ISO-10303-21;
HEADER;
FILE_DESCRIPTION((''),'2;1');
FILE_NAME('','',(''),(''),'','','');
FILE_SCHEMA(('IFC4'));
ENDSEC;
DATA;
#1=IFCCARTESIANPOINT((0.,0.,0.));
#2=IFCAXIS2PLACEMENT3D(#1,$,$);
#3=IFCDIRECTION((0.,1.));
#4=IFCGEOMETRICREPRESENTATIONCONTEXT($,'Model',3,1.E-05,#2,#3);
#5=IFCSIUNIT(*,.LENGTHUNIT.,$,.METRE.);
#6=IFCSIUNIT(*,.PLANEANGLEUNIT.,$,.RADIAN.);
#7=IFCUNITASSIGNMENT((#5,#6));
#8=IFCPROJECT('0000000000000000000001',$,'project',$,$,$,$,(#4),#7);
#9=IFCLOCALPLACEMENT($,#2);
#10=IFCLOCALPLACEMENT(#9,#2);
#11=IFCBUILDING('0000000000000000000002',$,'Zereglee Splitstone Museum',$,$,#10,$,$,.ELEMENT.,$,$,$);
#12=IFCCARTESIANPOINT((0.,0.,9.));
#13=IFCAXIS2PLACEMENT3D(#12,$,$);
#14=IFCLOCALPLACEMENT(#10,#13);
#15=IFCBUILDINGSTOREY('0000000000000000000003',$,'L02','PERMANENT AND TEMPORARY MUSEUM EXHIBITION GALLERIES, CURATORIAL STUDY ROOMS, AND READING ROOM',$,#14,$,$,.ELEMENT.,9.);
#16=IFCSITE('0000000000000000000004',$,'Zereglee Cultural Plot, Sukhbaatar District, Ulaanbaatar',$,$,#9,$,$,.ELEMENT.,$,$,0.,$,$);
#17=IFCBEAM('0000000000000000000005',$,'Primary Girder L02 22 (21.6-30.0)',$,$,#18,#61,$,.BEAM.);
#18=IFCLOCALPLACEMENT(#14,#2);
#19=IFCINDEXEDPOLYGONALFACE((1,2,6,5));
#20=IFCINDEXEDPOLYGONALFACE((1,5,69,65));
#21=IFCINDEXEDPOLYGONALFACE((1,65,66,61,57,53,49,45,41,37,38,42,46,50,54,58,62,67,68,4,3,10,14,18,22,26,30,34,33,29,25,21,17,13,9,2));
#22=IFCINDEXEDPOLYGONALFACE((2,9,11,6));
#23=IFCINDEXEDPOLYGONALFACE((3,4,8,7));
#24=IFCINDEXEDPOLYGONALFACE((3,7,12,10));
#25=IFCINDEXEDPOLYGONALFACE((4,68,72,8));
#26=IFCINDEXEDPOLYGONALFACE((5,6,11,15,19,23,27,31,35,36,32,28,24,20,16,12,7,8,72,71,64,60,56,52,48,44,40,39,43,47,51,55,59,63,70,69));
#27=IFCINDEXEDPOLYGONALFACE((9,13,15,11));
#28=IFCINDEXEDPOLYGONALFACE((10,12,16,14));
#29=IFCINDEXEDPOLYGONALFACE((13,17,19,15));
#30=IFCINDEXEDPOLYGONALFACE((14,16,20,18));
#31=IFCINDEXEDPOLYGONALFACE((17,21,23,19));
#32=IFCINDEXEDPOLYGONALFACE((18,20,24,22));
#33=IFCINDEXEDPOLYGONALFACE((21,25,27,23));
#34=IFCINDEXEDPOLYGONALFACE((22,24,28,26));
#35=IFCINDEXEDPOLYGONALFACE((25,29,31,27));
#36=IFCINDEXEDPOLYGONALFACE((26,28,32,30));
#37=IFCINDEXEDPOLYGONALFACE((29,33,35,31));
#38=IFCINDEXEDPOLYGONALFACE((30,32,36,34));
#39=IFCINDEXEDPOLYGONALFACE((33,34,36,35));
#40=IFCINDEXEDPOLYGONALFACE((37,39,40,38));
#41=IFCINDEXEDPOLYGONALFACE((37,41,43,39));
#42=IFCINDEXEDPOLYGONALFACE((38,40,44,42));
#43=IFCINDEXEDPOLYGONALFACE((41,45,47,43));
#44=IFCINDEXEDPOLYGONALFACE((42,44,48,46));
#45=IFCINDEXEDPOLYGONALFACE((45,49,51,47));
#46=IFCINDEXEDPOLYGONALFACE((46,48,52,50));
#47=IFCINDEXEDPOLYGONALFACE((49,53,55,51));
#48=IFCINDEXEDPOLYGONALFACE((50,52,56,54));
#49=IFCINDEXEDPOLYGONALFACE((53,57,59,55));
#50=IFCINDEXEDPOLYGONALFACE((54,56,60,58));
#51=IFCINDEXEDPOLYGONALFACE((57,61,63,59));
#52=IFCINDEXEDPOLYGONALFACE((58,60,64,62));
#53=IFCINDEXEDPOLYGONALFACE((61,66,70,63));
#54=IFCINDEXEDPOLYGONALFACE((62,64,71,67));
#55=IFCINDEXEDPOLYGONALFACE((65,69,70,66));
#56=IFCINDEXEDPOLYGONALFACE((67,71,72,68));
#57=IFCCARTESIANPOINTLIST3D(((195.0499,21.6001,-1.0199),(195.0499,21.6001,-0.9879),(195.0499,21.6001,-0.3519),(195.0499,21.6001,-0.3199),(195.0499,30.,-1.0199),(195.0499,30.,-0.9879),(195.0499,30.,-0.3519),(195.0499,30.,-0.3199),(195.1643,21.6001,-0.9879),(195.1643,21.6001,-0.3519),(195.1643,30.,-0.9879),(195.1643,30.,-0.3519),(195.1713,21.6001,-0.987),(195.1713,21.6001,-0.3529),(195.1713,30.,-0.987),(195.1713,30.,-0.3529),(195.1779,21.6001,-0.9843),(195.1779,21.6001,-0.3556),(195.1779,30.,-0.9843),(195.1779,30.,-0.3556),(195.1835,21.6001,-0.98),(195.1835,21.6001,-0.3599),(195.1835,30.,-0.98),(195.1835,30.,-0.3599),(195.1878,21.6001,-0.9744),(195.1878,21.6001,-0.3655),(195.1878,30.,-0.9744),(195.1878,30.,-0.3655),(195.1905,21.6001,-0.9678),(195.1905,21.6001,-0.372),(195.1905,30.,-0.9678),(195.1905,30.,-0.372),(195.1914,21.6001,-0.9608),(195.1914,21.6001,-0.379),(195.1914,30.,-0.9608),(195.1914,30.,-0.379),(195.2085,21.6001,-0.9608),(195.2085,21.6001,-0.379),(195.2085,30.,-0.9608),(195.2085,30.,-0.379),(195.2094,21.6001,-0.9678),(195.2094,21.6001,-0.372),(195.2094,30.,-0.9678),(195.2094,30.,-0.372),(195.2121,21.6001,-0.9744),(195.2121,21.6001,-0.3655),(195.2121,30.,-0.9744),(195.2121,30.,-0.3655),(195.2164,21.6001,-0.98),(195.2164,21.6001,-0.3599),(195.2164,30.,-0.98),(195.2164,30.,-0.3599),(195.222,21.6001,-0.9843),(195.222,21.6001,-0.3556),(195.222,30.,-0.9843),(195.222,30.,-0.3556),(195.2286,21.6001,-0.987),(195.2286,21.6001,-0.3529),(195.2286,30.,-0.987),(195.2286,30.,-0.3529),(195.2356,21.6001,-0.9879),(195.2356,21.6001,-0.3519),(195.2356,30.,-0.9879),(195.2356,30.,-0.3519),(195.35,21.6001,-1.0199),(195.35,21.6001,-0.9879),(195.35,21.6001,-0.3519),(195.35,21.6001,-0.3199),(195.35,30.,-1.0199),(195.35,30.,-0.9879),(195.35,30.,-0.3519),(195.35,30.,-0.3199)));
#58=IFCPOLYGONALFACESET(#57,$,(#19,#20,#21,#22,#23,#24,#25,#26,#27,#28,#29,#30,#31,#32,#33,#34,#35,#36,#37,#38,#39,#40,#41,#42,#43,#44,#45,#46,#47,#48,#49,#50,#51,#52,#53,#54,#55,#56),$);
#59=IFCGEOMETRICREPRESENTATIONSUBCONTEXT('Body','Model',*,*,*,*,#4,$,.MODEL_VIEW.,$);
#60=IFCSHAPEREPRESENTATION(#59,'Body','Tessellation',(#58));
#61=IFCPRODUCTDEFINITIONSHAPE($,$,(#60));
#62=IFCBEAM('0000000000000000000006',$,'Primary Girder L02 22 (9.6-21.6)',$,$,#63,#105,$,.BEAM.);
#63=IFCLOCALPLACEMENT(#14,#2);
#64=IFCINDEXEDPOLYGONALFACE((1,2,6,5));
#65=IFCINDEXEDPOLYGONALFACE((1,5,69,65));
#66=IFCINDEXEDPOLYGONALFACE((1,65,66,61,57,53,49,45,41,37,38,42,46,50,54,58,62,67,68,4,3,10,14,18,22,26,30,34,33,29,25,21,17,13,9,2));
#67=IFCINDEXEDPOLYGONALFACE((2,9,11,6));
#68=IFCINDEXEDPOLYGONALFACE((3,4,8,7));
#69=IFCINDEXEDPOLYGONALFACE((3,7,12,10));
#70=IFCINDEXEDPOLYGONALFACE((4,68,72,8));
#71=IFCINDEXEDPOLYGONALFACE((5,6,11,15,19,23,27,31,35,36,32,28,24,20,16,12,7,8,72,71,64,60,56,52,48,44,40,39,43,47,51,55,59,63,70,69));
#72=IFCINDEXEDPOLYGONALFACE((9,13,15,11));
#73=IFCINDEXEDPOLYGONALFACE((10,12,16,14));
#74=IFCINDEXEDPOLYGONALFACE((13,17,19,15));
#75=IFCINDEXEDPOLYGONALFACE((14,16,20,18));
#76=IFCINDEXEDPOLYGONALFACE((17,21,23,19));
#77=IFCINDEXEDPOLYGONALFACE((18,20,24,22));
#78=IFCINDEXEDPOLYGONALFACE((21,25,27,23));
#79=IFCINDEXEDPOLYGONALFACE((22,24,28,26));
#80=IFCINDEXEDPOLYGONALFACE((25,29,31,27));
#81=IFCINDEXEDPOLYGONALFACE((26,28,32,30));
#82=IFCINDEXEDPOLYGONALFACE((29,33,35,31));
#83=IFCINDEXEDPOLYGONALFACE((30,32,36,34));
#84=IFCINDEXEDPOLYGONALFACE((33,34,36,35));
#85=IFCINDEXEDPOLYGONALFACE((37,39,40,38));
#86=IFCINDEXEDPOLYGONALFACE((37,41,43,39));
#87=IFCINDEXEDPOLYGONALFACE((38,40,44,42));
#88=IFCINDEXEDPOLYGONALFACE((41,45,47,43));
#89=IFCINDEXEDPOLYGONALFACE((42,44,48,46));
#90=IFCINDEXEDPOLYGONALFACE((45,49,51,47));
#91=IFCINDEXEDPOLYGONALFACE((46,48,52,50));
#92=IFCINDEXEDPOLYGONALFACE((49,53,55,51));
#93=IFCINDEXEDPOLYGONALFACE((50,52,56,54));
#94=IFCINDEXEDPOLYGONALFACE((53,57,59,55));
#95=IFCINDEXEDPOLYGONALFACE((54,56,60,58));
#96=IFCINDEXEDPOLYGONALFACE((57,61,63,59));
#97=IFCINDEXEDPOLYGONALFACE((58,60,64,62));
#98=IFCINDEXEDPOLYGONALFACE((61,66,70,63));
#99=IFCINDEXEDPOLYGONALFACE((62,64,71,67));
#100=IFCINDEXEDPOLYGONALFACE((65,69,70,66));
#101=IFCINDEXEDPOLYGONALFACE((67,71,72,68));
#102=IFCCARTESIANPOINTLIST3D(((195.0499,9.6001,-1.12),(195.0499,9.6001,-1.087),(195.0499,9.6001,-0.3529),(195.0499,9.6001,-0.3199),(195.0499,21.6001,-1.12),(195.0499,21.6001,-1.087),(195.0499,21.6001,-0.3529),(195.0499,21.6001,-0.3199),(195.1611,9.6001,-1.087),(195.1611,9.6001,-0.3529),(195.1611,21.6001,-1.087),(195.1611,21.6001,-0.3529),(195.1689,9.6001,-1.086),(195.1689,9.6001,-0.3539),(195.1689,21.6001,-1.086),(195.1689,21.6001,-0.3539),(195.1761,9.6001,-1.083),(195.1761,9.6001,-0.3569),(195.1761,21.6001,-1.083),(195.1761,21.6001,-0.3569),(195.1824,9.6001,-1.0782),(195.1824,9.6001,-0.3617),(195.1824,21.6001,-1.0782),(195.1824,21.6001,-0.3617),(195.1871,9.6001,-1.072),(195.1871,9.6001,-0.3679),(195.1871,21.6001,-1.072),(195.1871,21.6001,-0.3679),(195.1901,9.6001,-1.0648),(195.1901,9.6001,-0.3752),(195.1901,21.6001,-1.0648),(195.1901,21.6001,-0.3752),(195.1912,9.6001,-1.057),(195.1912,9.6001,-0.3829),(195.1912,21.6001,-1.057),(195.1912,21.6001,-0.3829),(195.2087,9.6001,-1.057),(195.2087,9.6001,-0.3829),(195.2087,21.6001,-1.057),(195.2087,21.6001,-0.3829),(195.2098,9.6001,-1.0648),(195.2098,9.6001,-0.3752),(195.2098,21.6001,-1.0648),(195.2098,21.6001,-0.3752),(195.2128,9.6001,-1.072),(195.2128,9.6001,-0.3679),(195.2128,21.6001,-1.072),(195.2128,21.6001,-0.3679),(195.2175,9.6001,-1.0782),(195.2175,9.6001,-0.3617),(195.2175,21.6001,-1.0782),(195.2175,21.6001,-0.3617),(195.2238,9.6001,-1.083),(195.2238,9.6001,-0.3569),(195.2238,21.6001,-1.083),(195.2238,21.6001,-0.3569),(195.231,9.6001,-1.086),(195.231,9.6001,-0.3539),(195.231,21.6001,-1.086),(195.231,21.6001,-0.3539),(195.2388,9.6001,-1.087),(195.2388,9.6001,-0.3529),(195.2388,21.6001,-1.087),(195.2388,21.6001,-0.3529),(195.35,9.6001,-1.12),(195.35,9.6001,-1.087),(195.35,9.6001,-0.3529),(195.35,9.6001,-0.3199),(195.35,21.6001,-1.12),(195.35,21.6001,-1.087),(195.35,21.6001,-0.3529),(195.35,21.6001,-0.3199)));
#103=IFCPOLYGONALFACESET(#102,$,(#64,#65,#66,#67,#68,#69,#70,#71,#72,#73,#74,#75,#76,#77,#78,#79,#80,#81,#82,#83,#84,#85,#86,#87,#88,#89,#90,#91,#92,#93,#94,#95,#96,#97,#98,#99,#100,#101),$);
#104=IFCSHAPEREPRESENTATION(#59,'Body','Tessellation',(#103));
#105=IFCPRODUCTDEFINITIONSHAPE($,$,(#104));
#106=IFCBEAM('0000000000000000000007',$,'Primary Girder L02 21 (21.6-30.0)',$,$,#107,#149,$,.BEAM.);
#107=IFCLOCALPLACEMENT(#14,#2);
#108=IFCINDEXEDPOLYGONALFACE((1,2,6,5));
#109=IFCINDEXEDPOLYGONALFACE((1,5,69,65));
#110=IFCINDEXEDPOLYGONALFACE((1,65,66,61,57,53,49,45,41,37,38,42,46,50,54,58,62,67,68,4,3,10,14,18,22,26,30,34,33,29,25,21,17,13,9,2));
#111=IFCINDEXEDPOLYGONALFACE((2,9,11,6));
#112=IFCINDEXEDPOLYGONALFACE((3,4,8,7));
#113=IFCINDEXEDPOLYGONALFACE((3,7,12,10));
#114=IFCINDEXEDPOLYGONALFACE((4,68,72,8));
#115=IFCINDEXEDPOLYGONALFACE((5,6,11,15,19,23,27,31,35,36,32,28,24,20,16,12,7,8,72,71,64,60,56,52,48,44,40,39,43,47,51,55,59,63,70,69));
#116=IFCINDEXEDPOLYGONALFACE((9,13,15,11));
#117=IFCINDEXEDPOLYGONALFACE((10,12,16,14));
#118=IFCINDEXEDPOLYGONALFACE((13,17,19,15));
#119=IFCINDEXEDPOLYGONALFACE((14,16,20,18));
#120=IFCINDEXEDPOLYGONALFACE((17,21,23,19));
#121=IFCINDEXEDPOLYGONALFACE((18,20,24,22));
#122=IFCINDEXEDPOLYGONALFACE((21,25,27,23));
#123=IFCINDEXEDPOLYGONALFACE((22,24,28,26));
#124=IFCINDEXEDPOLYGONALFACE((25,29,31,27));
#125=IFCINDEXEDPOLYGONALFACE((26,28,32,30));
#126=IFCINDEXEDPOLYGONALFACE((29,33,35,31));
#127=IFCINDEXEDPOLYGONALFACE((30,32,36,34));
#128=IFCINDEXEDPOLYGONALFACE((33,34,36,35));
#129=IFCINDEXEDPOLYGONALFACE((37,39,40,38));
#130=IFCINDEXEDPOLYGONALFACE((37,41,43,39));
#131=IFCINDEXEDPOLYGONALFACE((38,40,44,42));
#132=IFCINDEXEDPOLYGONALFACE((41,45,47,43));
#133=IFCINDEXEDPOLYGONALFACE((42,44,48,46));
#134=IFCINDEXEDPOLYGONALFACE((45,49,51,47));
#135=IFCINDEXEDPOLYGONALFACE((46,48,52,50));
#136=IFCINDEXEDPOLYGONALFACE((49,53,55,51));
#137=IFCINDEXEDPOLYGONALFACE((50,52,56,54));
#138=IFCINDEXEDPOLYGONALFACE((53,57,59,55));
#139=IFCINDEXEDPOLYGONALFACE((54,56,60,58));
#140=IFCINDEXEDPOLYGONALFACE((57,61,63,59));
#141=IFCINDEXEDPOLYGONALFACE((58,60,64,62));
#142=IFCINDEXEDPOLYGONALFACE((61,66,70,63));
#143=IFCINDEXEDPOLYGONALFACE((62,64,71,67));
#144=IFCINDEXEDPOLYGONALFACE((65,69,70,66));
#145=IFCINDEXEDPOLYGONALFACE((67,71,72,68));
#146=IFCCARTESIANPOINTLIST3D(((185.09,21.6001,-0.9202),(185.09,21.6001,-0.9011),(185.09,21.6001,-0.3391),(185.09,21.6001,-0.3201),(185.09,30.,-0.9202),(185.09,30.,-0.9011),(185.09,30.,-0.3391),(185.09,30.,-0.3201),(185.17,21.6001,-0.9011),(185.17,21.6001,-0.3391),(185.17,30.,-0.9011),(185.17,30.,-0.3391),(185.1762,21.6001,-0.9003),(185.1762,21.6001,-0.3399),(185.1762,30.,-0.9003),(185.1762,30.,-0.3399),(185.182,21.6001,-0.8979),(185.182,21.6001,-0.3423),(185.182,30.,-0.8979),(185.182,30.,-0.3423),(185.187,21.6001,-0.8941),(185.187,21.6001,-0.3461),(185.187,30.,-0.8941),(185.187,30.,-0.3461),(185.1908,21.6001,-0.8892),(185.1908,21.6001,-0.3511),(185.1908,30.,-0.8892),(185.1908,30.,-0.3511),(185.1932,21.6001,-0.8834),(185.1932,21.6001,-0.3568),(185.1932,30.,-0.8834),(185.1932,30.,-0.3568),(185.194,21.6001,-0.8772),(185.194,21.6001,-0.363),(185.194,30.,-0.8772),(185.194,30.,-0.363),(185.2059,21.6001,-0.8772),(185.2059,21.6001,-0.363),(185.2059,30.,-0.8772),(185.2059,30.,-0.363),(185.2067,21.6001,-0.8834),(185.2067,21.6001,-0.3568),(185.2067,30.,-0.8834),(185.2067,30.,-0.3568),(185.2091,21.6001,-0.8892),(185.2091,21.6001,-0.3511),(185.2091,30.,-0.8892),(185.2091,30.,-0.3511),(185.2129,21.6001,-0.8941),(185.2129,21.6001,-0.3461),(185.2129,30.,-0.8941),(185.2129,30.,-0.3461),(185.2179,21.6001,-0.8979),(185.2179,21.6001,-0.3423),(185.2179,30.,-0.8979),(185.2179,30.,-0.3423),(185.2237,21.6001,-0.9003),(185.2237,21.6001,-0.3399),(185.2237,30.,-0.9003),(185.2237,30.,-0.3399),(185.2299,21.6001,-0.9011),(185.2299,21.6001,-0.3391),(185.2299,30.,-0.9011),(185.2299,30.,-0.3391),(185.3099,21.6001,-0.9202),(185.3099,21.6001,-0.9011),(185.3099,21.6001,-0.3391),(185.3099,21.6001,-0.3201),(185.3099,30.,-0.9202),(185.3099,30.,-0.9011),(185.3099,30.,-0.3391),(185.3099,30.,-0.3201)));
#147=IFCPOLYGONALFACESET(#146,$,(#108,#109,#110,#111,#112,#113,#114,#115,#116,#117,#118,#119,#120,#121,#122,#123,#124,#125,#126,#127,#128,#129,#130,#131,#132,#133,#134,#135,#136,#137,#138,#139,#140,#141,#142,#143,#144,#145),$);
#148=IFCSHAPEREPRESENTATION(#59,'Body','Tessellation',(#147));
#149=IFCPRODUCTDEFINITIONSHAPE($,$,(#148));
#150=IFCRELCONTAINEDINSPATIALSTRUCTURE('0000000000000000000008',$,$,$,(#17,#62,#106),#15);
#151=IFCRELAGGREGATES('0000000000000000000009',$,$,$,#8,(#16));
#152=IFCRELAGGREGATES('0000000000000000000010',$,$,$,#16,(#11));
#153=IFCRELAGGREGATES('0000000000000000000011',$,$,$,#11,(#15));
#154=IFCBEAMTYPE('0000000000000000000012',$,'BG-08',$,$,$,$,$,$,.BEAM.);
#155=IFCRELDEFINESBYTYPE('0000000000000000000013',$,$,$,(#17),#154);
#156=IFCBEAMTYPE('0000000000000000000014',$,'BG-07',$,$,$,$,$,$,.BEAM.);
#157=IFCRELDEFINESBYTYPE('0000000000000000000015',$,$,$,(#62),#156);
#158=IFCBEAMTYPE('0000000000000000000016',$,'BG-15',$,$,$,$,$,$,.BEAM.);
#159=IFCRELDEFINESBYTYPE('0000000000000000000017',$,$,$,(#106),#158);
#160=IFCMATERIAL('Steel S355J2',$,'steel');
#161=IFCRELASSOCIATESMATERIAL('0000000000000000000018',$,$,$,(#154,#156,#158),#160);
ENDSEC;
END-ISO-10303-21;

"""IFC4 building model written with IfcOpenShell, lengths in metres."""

from ifc_helpers import new_model, si_unit, direction, frame, origin, origin_2d, place, context, subcontext, project, spatial, i_section, extrude, material, material_profile, profile_set, type_object, element, save


model = new_model("IFC4")

# Units and contexts
model_context = context("Model", 3, precision=1e-05, world=origin(), true_north=direction((0.0, 1.0)))
body_context = subcontext(model_context, "Body", "Model", "MODEL_VIEW")
ifc_project = project(units=[si_unit("LENGTHUNIT", "METRE"), si_unit("PLANEANGLEUNIT", "RADIAN")], contexts=[model_context])

# Site, building, storey
site_placement = place(None, origin())
site = spatial("IfcSite", under=ifc_project, at=site_placement, Name="Zereglee Cultural Plot, Sukhbaatar District, Ulaanbaatar", CompositionType="ELEMENT", RefElevation=0.0)
building_placement = place(site_placement, origin())
building = spatial("IfcBuilding", under=site, at=building_placement, Name="Zereglee Splitstone Museum", CompositionType="ELEMENT")
storey_placement = place(building_placement, frame((0.0, 0.0, 9.0)))
storey = spatial("IfcBuildingStorey", under=building, at=storey_placement, Name="L02", Description="PERMANENT AND TEMPORARY MUSEUM EXHIBITION GALLERIES, CURATORIAL STUDY ROOMS, AND READING ROOM", CompositionType="ELEMENT", Elevation=9.0)

# Shared definitions
ifc_material_1 = material(Name="Steel S355J2", Category="steel")

# Beams
ifc_material_profile_1 = material_profile(ifc_material_1, i_section(OverallWidth=0.3, OverallDepth=0.7, WebThickness=0.0171, FlangeThickness=0.032, FilletRadius=0.0271, at=origin_2d()), Name="HE 700 B")
ifc_profile_set_1 = profile_set([ifc_material_profile_1], Name="Steel S355J2")
beam_type_1 = type_object("IfcBeamType", Name="BG-08", PredefinedType="BEAM", material=ifc_profile_set_1)
beam_1_placement = place(storey_placement, frame((195.2, 21.6001, -0.6699), z_axis=(0.0, 1.0, 0.0), x_axis=(-1.0, 0.0, 0.0)))
element("IfcBeam", 1, at=beam_1_placement, inside=storey, type_object=beam_type_1, Name="Primary Girder L02 22 (21.6-30.0)", PredefinedType="BEAM", context=body_context, shape_type="SweptSolid", body=[
    extrude(i_section(OverallWidth=0.3, OverallDepth=0.7, WebThickness=0.0171, FlangeThickness=0.032, FilletRadius=0.0271, at=origin_2d()), origin(), (0.0, 0.0, 1.0), 8.3999),
])
ifc_material_profile_2 = material_profile(ifc_material_1, i_section(OverallWidth=0.3, OverallDepth=0.8, WebThickness=0.0176, FlangeThickness=0.033, FilletRadius=0.03, at=origin_2d()), Name="HE 800 B")
ifc_profile_set_2 = profile_set([ifc_material_profile_2], Name="Steel S355J2")
beam_type_2 = type_object("IfcBeamType", Name="BG-07", PredefinedType="BEAM", material=ifc_profile_set_2)
beam_2_placement = place(storey_placement, frame((195.2, 9.6001, -0.72), z_axis=(0.0, 1.0, 0.0), x_axis=(-1.0, 0.0, 0.0)))
element("IfcBeam", 2, at=beam_2_placement, inside=storey, type_object=beam_type_2, Name="Primary Girder L02 22 (9.6-21.6)", PredefinedType="BEAM", context=body_context, shape_type="SweptSolid", body=[
    extrude(i_section(OverallWidth=0.3, OverallDepth=0.8, WebThickness=0.0176, FlangeThickness=0.033, FilletRadius=0.03, at=origin_2d()), origin(), (0.0, 0.0, 1.0), 12.0),
])
ifc_material_profile_3 = material_profile(ifc_material_1, i_section(OverallWidth=0.22, OverallDepth=0.6001, WebThickness=0.012, FlangeThickness=0.019, FilletRadius=0.0239, at=origin_2d()), Name="IPE 600")
ifc_profile_set_3 = profile_set([ifc_material_profile_3], Name="Steel S355J2")
beam_type_3 = type_object("IfcBeamType", Name="BG-15", PredefinedType="BEAM", material=ifc_profile_set_3)
beam_3_placement = place(storey_placement, frame((185.2, 21.6001, -0.6201), z_axis=(0.0, 1.0, 0.0), x_axis=(-1.0, 0.0, 0.0)))
element("IfcBeam", 3, at=beam_3_placement, inside=storey, type_object=beam_type_3, Name="Primary Girder L02 21 (21.6-30.0)", PredefinedType="BEAM", context=body_context, shape_type="SweptSolid", body=[
    extrude(i_section(OverallWidth=0.22, OverallDepth=0.6001, WebThickness=0.012, FlangeThickness=0.019, FilletRadius=0.0239, at=origin_2d()), origin(), (0.0, 0.0, 1.0), 8.3999),
])

save(model, "model.ifc")
